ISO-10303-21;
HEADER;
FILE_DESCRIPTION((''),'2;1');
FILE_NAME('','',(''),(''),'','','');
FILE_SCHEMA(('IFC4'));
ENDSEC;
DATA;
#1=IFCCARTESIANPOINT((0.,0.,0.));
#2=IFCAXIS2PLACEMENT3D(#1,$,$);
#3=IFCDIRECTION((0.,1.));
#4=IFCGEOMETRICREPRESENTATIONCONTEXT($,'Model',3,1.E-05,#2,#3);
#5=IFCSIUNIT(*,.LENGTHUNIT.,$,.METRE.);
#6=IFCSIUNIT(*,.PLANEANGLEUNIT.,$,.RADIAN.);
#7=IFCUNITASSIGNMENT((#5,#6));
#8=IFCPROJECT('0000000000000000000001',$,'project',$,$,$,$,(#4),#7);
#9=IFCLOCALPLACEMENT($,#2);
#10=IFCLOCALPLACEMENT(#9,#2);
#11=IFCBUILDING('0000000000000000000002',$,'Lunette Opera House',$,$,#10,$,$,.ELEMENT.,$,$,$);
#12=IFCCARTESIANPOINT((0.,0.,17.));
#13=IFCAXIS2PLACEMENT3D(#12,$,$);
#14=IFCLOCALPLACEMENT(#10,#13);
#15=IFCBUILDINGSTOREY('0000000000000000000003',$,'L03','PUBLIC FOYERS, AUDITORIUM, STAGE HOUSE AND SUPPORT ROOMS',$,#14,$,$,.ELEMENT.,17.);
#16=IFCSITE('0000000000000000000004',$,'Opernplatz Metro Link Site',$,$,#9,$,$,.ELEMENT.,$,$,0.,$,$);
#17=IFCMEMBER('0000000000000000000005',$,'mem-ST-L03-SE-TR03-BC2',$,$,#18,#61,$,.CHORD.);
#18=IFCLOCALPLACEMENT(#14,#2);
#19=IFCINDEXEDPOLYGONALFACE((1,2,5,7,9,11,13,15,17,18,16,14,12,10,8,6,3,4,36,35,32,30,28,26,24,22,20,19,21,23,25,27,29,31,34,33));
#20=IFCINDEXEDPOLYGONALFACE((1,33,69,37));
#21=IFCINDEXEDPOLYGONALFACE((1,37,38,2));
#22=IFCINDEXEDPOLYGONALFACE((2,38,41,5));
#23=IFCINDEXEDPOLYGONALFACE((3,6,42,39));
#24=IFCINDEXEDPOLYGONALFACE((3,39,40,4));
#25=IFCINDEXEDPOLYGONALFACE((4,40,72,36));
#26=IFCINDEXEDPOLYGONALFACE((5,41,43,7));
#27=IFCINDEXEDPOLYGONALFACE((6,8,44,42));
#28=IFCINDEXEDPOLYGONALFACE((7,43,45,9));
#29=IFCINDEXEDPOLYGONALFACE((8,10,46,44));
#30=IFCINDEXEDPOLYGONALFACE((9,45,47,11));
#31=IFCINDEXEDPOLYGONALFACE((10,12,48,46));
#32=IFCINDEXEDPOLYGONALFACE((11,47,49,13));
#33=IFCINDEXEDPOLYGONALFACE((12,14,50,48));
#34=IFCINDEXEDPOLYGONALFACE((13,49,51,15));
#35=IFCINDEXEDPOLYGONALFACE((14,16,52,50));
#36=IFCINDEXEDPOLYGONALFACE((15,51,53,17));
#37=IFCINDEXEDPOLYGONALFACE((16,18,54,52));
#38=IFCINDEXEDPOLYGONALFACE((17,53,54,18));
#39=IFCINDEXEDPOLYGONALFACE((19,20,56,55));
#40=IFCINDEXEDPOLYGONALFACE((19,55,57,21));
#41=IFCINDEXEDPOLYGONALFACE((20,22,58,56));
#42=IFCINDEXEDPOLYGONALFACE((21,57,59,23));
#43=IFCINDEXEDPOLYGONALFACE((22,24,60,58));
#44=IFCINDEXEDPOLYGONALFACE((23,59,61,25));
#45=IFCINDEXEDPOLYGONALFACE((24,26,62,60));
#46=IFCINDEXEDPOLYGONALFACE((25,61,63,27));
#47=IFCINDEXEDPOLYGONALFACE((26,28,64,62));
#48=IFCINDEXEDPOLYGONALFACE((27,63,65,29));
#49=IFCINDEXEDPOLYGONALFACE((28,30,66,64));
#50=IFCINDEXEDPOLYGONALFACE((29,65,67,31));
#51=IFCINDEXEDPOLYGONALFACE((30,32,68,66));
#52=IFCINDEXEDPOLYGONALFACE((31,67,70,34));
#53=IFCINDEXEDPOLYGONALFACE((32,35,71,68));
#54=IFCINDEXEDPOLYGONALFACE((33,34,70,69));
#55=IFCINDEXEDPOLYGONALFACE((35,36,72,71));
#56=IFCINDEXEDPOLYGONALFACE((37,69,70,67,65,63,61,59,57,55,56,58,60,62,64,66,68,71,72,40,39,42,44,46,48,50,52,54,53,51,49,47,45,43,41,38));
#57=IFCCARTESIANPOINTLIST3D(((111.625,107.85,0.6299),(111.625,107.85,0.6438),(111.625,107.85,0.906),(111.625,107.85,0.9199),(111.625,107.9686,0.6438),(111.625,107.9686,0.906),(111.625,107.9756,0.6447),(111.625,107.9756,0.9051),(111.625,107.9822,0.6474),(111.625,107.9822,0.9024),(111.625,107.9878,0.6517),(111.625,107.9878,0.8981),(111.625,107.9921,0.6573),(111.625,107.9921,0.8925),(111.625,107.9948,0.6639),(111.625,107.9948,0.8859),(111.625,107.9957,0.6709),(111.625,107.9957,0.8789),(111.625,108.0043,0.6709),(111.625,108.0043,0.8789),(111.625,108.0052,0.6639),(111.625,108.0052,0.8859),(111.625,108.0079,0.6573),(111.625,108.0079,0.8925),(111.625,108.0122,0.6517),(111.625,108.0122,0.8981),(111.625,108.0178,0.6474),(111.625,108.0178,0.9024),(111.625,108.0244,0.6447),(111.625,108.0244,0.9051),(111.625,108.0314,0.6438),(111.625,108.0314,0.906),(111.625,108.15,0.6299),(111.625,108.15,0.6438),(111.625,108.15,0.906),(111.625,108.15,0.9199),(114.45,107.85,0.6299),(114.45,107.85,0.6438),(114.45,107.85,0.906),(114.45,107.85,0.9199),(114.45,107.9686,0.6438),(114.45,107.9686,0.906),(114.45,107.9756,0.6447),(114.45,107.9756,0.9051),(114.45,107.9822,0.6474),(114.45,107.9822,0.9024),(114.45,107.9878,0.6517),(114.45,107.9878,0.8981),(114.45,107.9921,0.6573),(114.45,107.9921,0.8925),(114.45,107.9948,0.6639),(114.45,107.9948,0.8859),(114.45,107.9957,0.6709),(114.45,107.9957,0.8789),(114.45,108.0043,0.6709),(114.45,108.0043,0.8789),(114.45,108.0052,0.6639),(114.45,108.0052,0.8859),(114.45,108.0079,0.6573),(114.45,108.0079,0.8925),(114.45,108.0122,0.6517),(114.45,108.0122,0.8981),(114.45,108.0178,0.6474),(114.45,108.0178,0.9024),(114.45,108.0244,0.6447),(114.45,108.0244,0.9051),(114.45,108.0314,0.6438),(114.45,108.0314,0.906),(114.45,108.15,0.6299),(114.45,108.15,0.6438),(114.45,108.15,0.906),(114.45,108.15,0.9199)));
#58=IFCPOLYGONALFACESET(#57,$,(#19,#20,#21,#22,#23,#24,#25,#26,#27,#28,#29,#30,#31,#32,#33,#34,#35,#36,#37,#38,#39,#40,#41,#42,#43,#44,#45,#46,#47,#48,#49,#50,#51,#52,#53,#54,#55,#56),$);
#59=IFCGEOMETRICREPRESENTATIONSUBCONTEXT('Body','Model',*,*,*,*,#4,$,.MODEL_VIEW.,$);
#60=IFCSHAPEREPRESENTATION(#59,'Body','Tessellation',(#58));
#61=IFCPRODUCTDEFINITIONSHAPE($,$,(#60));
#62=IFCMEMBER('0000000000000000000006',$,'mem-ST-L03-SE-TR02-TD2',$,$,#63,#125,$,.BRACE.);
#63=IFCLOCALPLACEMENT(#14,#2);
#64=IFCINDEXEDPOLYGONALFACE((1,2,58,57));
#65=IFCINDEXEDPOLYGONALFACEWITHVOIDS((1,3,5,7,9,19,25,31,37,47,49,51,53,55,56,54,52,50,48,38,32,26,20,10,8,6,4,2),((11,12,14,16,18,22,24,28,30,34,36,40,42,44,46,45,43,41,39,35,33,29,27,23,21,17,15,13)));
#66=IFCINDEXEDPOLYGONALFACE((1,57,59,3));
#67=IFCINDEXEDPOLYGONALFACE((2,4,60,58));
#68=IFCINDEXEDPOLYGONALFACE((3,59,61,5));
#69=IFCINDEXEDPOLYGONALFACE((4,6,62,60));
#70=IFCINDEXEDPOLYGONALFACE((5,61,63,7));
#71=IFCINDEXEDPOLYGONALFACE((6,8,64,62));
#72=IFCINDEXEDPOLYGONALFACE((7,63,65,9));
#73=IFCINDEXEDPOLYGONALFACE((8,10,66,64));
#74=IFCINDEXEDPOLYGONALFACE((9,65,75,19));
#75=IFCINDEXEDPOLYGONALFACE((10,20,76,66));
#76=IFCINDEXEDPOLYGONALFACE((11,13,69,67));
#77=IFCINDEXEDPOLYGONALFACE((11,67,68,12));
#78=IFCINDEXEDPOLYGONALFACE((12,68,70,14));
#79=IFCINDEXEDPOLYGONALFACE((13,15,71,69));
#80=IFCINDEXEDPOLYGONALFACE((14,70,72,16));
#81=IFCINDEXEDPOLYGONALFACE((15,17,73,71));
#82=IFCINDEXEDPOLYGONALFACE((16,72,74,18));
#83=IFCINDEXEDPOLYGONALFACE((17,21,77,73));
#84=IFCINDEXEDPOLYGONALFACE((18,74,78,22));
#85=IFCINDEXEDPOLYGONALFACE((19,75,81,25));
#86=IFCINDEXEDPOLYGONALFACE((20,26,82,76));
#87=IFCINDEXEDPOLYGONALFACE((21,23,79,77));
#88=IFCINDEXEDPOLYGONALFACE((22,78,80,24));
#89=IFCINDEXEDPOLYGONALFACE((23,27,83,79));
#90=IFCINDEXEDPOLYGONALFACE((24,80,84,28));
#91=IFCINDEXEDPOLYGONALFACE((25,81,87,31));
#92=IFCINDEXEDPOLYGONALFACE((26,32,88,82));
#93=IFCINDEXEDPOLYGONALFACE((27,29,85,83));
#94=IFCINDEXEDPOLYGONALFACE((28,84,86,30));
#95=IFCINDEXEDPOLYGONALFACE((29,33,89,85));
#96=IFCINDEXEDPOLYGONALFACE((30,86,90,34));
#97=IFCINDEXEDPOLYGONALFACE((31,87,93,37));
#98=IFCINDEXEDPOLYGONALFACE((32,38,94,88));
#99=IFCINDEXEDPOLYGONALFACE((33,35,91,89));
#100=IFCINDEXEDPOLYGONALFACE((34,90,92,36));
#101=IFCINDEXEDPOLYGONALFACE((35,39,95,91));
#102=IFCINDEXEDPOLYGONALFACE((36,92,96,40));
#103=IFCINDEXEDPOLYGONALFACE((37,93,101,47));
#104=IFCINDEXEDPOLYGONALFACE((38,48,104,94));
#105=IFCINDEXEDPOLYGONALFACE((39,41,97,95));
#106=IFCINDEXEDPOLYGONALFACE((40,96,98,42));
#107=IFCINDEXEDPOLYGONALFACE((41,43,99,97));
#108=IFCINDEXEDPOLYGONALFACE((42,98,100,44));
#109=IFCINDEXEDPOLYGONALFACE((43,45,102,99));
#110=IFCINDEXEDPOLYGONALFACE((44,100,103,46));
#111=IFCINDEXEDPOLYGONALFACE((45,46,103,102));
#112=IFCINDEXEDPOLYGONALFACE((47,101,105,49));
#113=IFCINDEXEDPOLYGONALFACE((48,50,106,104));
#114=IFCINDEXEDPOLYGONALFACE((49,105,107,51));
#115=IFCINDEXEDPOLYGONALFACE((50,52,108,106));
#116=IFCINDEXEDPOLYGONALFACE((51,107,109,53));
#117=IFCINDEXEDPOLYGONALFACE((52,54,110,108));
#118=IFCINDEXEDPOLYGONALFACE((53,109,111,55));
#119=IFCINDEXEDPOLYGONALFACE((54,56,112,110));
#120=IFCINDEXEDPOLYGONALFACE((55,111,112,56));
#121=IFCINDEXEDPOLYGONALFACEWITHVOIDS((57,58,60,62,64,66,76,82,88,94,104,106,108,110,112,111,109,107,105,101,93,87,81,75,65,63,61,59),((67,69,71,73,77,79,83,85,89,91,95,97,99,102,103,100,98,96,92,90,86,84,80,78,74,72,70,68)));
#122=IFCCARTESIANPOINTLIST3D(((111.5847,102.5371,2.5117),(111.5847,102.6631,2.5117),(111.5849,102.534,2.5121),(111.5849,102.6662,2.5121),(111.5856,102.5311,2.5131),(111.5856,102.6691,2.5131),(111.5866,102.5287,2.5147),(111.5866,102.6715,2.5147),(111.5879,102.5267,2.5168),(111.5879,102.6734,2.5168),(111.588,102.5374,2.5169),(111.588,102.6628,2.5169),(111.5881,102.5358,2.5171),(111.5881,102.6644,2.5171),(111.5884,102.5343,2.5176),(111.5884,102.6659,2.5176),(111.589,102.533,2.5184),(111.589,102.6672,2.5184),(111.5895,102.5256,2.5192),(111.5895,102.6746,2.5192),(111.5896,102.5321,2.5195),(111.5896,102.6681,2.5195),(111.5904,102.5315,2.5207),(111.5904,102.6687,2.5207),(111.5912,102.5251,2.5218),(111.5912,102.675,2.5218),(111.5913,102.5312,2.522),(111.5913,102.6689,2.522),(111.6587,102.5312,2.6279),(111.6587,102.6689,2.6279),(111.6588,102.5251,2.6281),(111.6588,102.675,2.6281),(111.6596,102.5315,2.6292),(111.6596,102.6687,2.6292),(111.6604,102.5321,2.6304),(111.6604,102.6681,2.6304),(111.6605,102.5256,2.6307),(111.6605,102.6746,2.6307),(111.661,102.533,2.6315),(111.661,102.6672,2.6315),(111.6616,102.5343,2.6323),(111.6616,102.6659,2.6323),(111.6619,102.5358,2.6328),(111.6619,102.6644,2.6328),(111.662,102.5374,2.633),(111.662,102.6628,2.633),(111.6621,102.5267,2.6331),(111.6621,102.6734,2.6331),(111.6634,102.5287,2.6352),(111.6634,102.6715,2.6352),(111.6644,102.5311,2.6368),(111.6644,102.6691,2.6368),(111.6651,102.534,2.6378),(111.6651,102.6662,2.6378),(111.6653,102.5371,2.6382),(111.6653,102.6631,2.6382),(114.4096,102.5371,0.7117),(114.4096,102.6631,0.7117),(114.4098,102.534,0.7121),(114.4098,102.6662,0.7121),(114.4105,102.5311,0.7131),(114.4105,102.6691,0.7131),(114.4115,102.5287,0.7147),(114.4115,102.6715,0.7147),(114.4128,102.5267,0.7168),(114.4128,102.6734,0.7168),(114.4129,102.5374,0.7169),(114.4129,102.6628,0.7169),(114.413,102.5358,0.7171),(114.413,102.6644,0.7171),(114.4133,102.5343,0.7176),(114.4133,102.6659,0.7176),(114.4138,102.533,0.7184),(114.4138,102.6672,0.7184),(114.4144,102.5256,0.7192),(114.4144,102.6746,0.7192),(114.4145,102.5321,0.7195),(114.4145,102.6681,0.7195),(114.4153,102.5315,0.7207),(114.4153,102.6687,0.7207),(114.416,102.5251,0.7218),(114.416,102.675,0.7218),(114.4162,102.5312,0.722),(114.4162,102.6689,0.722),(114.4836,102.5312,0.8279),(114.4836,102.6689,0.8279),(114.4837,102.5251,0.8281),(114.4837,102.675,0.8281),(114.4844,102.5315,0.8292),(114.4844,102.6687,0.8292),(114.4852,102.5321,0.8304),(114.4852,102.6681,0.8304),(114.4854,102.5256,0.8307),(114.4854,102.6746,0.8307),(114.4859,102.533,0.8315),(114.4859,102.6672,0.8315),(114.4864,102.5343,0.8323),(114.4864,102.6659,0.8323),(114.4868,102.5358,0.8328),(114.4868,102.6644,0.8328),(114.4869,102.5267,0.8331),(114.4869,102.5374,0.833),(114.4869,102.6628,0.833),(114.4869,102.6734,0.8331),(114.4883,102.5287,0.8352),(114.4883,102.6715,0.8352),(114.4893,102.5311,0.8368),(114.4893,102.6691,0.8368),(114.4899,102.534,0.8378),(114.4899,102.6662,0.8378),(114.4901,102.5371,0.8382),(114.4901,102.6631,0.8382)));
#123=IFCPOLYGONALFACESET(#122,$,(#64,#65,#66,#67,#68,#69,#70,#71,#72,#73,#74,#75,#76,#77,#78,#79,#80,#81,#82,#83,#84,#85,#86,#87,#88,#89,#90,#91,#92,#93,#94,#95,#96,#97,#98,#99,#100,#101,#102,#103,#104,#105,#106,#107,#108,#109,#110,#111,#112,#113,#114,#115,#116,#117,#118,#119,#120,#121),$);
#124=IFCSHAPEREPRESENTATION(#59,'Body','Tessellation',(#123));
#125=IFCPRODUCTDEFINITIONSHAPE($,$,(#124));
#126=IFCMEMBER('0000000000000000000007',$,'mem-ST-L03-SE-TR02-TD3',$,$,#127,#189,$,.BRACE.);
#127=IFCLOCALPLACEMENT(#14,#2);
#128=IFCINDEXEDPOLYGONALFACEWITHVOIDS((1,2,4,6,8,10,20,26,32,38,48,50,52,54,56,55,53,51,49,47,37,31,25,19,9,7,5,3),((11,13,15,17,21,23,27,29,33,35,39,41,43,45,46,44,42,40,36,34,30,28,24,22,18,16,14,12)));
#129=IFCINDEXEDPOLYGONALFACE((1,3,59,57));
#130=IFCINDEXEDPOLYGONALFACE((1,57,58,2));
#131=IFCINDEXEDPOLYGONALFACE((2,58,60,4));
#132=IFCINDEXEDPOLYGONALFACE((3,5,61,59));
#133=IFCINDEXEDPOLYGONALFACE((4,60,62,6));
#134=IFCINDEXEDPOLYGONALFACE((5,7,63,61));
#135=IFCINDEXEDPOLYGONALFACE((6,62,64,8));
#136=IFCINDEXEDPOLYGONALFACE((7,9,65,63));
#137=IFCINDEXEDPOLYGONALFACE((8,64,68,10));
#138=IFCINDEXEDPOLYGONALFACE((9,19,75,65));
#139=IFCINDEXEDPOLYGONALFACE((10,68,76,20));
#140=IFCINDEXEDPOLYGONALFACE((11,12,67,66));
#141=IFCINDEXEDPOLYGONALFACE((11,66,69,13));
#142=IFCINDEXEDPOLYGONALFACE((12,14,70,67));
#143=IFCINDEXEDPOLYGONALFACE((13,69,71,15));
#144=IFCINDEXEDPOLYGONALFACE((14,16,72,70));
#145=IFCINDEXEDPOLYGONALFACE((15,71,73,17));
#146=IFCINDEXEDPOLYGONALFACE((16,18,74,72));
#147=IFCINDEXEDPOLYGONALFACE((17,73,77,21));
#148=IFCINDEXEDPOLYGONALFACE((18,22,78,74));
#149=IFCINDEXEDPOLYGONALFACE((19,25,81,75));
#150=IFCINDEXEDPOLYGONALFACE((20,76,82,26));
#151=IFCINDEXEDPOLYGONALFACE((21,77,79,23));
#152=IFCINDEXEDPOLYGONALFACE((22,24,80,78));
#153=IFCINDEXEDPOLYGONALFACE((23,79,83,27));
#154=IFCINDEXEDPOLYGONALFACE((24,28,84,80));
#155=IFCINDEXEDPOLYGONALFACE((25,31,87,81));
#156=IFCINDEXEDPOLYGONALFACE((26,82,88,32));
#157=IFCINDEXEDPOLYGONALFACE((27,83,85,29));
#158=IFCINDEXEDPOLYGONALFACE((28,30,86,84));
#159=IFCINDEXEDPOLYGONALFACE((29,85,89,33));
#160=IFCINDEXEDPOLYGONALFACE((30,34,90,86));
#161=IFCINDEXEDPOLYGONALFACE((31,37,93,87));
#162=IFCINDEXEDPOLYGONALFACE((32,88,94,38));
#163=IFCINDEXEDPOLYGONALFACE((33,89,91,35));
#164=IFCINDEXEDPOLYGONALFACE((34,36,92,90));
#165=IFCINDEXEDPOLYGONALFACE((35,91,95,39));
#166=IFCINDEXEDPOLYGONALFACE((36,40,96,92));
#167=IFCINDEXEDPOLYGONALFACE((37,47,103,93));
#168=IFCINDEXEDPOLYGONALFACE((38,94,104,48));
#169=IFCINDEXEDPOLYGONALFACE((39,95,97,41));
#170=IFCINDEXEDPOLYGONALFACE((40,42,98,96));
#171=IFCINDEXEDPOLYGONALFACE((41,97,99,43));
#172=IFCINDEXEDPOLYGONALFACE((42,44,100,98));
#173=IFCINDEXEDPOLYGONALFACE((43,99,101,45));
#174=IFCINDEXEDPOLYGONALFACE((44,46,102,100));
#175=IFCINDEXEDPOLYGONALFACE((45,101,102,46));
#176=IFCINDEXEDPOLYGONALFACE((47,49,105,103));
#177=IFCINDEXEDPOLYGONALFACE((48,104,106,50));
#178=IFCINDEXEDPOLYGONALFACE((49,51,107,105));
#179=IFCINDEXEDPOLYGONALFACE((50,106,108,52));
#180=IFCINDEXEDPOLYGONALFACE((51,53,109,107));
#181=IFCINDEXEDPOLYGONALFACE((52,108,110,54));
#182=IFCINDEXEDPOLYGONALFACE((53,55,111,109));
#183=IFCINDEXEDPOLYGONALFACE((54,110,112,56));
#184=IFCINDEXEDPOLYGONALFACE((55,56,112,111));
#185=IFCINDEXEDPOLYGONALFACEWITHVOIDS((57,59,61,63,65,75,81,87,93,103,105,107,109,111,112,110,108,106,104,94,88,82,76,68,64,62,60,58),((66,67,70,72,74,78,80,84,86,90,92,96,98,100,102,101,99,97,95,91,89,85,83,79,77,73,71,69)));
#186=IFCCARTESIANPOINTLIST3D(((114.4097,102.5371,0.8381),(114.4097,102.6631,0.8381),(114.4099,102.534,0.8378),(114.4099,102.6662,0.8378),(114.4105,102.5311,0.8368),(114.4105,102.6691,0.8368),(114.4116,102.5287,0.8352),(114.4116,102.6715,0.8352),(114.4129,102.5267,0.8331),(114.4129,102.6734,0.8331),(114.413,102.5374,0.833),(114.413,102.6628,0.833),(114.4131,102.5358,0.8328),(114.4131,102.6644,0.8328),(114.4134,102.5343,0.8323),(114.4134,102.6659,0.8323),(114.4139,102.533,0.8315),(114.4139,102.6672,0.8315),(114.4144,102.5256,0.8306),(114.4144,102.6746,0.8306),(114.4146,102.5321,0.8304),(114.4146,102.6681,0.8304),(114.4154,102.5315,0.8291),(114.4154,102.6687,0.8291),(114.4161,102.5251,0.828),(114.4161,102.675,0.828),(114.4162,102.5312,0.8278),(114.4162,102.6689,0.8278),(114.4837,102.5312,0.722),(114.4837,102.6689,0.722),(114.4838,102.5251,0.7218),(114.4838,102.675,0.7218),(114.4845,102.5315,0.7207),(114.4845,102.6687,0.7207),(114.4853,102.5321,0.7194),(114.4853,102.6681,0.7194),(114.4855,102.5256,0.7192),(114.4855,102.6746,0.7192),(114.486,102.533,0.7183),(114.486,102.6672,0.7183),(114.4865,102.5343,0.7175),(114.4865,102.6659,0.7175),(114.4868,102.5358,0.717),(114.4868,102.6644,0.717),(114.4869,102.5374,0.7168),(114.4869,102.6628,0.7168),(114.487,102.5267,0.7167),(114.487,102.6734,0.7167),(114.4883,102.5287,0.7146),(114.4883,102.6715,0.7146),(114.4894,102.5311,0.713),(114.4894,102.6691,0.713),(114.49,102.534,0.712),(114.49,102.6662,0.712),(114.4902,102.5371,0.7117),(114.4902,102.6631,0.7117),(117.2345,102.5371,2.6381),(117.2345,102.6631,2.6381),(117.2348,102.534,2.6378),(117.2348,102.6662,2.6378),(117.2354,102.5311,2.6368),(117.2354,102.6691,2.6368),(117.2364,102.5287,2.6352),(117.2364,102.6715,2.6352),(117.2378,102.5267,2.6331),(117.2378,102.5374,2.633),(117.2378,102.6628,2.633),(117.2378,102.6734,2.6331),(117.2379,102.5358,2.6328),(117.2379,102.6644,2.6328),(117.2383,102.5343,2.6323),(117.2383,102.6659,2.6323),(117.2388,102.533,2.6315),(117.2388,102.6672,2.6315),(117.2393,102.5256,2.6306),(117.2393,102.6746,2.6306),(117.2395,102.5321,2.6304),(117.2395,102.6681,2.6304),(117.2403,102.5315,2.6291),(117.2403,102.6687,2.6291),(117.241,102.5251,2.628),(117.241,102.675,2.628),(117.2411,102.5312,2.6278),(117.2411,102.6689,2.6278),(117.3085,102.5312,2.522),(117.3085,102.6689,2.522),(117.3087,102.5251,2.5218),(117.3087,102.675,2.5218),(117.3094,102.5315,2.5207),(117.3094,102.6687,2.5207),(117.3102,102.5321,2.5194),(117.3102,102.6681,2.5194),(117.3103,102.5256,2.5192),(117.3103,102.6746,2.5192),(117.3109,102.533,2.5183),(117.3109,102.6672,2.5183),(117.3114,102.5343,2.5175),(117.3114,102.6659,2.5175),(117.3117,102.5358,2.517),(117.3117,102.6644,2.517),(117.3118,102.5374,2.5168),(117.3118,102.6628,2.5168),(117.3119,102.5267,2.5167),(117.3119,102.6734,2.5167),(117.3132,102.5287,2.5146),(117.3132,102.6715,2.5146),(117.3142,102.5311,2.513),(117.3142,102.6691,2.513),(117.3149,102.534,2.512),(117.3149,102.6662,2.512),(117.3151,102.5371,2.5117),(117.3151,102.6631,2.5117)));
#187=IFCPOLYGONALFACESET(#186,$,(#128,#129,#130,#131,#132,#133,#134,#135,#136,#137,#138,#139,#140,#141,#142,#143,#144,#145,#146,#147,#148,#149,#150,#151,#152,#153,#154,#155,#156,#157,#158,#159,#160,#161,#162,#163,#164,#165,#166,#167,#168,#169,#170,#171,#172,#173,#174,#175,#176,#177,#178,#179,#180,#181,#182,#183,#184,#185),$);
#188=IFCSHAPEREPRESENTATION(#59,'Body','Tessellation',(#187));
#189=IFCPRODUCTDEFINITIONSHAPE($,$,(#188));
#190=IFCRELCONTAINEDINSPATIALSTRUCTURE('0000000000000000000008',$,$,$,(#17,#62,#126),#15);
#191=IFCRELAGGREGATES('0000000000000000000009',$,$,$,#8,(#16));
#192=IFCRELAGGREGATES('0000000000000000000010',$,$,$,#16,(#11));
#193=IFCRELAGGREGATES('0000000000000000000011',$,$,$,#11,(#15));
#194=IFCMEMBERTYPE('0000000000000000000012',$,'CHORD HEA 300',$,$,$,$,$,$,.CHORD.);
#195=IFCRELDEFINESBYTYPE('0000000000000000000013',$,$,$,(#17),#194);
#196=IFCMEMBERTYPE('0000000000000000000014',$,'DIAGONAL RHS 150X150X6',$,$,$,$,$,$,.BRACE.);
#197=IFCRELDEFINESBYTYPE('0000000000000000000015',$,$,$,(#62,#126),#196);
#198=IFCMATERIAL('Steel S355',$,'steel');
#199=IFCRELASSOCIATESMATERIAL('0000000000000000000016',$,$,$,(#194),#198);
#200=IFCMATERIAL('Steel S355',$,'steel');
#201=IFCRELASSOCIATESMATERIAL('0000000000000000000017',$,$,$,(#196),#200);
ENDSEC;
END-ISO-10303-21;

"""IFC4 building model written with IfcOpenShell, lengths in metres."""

from ifc_helpers import new_model, si_unit, direction, frame, origin, origin_2d, place, context, subcontext, project, spatial, hollow_rectangle, i_section, extrude, material, material_profile, profile_set, type_object, element, save


model = new_model("IFC4")

# Units and contexts
model_context = context("Model", 3, precision=1e-05, world=origin(), true_north=direction((0.0, 1.0)))
body_context = subcontext(model_context, "Body", "Model", "MODEL_VIEW")
ifc_project = project(units=[si_unit("LENGTHUNIT", "METRE"), si_unit("PLANEANGLEUNIT", "RADIAN")], contexts=[model_context])

# Site, building, storey
site_placement = place(None, origin())
site = spatial("IfcSite", under=ifc_project, at=site_placement, Name="Opernplatz Metro Link Site", CompositionType="ELEMENT", RefElevation=0.0)
building_placement = place(site_placement, origin())
building = spatial("IfcBuilding", under=site, at=building_placement, Name="Lunette Opera House", CompositionType="ELEMENT")
storey_placement = place(building_placement, frame((0.0, 0.0, 17.0)))
storey = spatial("IfcBuildingStorey", under=building, at=storey_placement, Name="L03", Description="PUBLIC FOYERS, AUDITORIUM, STAGE HOUSE AND SUPPORT ROOMS", CompositionType="ELEMENT", Elevation=17.0)

# Members
ifc_material_1 = material(Name="Steel S355", Category="steel")
ifc_material_profile_1 = material_profile(ifc_material_1, i_section(OverallWidth=0.3, OverallDepth=0.29, WebThickness=0.0085, FlangeThickness=0.0139, FilletRadius=0.0271, at=origin_2d()), Name="HEA 300")
ifc_profile_set_1 = profile_set([ifc_material_profile_1], Name="Steel S355")
member_type_1 = type_object("IfcMemberType", Name="CHORD HEA 300", PredefinedType="CHORD", material=ifc_profile_set_1)
for number, where, z_axis, x_axis, name in (
    (1, (111.625, 108.0, 0.7749), (1.0, 0.0, 0.0), (0.0, 1.0, 0.0), "mem-ST-L03-SE-TR03-BC2"),
):
    element("IfcMember", number, at=place(storey_placement, frame(where, z_axis=z_axis, x_axis=x_axis)), inside=storey, type_object=member_type_1, Name=name, PredefinedType="CHORD", context=body_context, shape_type="SweptSolid", body=[
        extrude(i_section(OverallWidth=0.3, OverallDepth=0.29, WebThickness=0.0085, FlangeThickness=0.0139, FilletRadius=0.0271, at=origin_2d()), origin(), (0.0, 0.0, 1.0), 2.825),
    ])
ifc_material_2 = material(Name="Steel S355", Category="steel")
ifc_material_profile_2 = material_profile(ifc_material_2, hollow_rectangle(XDim=0.1499, YDim=0.1499, WallThickness=0.0061, InnerFilletRadius=0.0061, OuterFilletRadius=0.012, at=origin_2d()), Name="RHS 150X150X6")
ifc_profile_set_2 = profile_set([ifc_material_profile_2], Name="Steel S355")
member_type_2 = type_object("IfcMemberType", Name="DIAGONAL RHS 150X150X6", PredefinedType="BRACE", material=ifc_profile_set_2)
for number, where, z_axis, x_axis, name in (
    (2, (111.625, 102.6001, 2.575), (0.843343, 0.0, -0.537375), (0.0, 1.0, 0.0), "mem-ST-L03-SE-TR02-TD2"),
    (3, (114.45, 102.6001, 0.7749), (0.843343, 0.0, 0.537375), (0.0, 1.0, 0.0), "mem-ST-L03-SE-TR02-TD3"),
):
    element("IfcMember", number, at=place(storey_placement, frame(where, z_axis=z_axis, x_axis=x_axis)), inside=storey, type_object=member_type_2, Name=name, PredefinedType="BRACE", context=body_context, shape_type="SweptSolid", body=[
        extrude(hollow_rectangle(XDim=0.1499, YDim=0.1499, WallThickness=0.0061, InnerFilletRadius=0.0061, OuterFilletRadius=0.012, at=origin_2d()), origin(), (0.0, 0.0, 1.0), 3.3496),
    ])

save(model, "model.ifc")
